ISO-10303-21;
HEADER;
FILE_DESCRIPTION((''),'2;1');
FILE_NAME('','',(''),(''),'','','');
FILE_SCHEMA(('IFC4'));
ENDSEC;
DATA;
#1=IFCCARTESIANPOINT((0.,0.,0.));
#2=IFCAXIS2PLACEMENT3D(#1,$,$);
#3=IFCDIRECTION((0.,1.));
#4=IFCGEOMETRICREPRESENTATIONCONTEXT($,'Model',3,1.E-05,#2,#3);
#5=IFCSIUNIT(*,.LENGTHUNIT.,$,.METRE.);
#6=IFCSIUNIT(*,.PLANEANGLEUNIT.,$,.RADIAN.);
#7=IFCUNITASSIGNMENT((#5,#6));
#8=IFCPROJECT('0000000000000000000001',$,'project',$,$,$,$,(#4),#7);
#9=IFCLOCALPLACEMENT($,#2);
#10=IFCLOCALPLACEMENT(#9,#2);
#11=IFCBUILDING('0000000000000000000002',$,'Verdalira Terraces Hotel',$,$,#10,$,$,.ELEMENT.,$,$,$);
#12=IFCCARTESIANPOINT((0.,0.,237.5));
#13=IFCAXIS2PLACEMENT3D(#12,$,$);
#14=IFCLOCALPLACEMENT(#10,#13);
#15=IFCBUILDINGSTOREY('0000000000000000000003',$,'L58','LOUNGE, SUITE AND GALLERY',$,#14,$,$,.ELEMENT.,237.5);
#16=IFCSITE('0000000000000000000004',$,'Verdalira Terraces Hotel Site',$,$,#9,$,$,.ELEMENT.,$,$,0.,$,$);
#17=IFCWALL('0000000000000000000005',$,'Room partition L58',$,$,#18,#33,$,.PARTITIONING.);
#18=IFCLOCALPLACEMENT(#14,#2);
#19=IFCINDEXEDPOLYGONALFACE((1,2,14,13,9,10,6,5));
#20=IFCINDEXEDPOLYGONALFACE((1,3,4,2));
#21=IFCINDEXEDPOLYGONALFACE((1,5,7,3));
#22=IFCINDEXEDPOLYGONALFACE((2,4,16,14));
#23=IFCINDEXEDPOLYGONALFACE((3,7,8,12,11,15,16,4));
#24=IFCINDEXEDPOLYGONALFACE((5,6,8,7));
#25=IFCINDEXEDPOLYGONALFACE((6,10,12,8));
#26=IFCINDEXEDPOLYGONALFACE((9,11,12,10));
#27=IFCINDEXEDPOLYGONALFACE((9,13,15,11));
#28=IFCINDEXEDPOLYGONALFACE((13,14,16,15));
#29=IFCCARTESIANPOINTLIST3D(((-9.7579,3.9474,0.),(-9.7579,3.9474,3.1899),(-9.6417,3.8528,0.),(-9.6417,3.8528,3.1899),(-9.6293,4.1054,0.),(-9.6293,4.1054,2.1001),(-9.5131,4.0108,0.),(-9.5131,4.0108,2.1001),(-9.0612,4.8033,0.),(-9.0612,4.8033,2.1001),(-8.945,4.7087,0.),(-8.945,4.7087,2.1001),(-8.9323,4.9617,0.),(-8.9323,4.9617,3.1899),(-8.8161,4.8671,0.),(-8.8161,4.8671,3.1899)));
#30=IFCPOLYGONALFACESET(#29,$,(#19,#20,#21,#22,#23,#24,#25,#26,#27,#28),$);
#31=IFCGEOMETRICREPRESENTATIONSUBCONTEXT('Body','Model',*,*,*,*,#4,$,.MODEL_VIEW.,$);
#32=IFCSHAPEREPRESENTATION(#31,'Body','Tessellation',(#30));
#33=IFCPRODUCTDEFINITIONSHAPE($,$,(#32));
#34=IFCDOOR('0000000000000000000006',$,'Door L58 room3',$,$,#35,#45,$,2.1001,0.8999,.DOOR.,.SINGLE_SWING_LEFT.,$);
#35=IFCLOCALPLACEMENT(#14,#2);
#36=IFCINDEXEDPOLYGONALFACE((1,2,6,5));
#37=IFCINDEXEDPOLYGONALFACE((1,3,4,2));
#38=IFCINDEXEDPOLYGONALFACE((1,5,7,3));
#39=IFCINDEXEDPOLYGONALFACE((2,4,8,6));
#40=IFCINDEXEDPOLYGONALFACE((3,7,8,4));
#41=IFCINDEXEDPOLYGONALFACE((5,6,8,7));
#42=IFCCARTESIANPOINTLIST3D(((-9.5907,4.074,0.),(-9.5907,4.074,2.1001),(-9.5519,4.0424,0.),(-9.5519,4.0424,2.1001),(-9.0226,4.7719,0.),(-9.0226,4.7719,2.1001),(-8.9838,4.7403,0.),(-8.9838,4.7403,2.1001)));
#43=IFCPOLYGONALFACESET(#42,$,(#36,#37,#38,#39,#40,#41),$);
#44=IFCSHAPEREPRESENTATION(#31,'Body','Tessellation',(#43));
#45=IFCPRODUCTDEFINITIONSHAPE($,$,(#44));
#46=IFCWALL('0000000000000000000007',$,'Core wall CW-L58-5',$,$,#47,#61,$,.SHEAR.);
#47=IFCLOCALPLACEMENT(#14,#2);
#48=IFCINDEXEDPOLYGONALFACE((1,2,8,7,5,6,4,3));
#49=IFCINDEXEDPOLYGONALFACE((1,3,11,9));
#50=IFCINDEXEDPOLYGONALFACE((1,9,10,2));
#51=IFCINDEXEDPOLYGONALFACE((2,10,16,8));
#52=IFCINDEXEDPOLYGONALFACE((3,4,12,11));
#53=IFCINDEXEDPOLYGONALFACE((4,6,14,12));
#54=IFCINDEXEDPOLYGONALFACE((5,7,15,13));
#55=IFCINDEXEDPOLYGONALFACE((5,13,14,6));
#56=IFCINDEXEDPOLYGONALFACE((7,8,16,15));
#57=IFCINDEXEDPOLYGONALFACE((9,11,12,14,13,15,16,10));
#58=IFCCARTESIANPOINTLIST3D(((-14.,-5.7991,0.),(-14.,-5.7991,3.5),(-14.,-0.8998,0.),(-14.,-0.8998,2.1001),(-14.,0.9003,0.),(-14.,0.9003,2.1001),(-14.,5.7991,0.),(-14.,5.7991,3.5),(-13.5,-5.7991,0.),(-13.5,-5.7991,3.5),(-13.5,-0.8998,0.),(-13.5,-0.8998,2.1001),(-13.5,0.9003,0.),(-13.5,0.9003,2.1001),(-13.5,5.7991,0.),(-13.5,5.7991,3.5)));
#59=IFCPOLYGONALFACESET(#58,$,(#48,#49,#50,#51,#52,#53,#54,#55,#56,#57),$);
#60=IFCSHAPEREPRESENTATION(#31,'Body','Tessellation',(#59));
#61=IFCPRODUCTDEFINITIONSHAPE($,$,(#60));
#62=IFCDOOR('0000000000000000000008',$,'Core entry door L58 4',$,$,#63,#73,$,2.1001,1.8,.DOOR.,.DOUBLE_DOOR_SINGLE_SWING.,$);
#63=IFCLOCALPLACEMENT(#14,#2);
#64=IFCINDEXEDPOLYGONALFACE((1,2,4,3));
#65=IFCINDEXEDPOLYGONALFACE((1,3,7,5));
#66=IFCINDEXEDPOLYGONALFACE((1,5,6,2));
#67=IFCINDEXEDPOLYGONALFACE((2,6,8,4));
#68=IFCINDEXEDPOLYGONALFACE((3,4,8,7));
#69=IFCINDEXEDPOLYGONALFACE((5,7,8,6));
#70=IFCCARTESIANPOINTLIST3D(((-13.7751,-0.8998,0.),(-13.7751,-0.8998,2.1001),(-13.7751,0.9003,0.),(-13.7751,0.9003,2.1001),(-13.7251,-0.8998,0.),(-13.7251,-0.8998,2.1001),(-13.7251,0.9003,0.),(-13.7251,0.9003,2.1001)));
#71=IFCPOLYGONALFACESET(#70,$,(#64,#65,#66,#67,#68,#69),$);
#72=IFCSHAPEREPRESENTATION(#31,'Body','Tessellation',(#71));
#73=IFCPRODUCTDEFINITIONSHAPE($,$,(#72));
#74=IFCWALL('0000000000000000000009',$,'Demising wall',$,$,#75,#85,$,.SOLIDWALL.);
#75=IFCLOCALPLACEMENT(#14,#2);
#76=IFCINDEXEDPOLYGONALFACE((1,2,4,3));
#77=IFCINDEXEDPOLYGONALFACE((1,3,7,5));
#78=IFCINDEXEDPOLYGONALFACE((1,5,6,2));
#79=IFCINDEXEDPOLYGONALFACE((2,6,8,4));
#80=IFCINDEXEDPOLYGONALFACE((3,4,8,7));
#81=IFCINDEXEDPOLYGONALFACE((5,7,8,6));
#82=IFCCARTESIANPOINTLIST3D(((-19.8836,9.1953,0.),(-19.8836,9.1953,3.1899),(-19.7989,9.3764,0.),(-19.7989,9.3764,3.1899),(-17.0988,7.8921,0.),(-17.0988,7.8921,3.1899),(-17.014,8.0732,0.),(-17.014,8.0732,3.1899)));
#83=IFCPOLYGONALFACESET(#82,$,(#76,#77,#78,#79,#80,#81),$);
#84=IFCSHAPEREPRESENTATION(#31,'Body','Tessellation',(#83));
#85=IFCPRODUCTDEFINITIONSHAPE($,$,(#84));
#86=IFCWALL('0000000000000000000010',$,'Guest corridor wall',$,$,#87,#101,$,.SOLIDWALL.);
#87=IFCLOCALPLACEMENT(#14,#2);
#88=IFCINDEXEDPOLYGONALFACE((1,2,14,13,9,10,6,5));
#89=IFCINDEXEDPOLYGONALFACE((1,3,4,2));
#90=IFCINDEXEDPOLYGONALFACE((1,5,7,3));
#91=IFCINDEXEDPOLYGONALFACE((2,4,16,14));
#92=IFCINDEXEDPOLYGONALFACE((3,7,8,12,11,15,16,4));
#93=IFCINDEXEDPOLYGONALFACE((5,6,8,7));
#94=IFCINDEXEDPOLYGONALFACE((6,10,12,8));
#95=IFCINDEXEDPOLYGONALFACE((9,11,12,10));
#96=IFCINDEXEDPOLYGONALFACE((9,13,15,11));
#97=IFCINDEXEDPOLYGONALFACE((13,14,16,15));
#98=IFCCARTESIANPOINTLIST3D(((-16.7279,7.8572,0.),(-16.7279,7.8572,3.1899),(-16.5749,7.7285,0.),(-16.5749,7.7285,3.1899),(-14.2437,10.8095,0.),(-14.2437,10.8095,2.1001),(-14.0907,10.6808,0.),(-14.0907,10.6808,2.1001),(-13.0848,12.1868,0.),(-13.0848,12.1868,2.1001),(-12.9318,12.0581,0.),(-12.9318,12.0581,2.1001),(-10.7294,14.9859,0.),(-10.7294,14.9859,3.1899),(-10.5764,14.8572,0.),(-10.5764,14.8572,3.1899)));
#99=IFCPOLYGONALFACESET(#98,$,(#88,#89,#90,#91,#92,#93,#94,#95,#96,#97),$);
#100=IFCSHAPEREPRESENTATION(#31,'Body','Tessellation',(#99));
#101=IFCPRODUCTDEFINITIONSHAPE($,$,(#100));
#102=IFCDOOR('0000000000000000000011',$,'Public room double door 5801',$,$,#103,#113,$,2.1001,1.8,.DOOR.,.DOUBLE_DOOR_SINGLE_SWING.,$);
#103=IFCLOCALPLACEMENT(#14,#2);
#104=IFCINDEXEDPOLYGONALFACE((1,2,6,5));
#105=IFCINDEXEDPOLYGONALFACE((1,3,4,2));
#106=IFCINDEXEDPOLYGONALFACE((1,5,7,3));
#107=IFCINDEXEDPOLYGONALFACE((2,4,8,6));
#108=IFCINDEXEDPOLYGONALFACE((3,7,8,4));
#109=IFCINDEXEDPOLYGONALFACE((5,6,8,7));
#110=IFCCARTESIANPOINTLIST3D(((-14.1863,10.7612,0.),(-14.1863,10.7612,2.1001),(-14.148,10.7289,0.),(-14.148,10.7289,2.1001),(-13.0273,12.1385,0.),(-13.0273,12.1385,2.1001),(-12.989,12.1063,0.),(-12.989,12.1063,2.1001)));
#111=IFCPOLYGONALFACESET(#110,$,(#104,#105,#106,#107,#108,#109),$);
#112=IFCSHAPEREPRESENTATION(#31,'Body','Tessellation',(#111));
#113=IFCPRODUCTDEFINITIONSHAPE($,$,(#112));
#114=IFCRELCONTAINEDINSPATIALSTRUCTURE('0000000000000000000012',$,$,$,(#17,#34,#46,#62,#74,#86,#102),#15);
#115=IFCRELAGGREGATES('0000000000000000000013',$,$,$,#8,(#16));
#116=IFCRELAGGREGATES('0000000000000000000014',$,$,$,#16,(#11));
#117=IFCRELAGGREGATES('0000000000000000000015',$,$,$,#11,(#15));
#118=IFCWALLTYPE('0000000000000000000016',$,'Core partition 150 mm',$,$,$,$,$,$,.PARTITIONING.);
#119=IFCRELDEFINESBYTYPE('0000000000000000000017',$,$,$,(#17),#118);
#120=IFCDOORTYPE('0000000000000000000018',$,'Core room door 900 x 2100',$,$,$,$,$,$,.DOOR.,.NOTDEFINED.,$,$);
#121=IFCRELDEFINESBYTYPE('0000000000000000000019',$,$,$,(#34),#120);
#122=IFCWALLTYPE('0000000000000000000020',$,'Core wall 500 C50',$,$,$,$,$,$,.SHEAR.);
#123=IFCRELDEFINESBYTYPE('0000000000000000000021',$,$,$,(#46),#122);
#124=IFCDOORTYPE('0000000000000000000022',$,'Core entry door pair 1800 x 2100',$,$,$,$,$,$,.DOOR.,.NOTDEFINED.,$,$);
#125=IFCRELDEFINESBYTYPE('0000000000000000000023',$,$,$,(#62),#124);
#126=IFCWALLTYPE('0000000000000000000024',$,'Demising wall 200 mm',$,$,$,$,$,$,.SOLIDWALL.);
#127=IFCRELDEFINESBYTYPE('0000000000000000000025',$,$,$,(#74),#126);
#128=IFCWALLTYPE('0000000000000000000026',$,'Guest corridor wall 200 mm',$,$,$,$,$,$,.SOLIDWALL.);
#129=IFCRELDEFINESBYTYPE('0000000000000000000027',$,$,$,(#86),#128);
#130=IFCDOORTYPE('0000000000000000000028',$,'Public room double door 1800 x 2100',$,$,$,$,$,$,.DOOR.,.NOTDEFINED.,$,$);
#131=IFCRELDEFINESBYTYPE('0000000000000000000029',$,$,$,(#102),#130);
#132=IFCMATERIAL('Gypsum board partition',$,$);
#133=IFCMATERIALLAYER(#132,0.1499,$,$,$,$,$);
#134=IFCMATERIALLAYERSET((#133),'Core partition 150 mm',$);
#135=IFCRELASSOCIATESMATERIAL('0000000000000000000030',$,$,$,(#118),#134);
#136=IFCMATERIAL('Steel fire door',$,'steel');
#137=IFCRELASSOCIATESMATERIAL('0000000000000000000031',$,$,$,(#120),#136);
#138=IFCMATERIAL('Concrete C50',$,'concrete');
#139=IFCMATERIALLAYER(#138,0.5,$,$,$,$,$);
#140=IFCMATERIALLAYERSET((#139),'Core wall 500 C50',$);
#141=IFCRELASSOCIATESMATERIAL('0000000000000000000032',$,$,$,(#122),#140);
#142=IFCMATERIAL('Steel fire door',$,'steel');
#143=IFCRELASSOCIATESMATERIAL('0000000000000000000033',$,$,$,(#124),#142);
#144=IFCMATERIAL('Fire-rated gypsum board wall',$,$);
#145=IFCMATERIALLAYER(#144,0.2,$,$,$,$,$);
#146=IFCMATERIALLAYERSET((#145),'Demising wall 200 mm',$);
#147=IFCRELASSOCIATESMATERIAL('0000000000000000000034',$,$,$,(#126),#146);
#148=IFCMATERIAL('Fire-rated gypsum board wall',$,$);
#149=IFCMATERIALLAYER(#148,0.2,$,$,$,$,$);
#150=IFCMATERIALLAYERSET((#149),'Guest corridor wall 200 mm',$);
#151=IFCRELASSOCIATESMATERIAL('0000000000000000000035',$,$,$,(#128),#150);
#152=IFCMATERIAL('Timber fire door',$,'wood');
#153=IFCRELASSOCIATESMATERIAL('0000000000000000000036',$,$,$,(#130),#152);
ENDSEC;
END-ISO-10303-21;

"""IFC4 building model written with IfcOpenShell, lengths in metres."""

from ifc_helpers import new_model, si_unit, direction, frame, frame_2d, origin, place, context, subcontext, project, spatial, rectangle, extrude, material, layer, layer_set, type_object, element, fill, save


model = new_model("IFC4")

# Units and contexts
model_context = context("Model", 3, precision=1e-05, world=origin(), true_north=direction((0.0, 1.0)))
body_context = subcontext(model_context, "Body", "Model", "MODEL_VIEW")
ifc_project = project(units=[si_unit("LENGTHUNIT", "METRE"), si_unit("PLANEANGLEUNIT", "RADIAN")], contexts=[model_context])

# Site, building, storey
site_placement = place(None, origin())
site = spatial("IfcSite", under=ifc_project, at=site_placement, Name="Verdalira Terraces Hotel Site", CompositionType="ELEMENT", RefElevation=0.0)
building_placement = place(site_placement, origin())
building = spatial("IfcBuilding", under=site, at=building_placement, Name="Verdalira Terraces Hotel", CompositionType="ELEMENT")
storey_placement = place(building_placement, frame((0.0, 0.0, 237.5)))
storey = spatial("IfcBuildingStorey", under=building, at=storey_placement, Name="L58", Description="LOUNGE, SUITE AND GALLERY", CompositionType="ELEMENT", Elevation=237.5)

# Walls, openings, doors
ifc_material_1 = material(Name="Gypsum board partition")
ifc_layer_1 = layer(ifc_material_1, 0.1499)
ifc_layer_set_1 = layer_set([ifc_layer_1], Name="Core partition 150 mm")
wall_type_1 = type_object("IfcWallType", Name="Core partition 150 mm", PredefinedType="PARTITIONING", material=ifc_layer_set_1)
wall_1_placement = place(storey_placement, frame((-8.8743, 4.9143, 0.0), z_axis=(0.0, 0.0, 1.0), x_axis=(-0.631274, -0.77556, 0.0)))
wall_1 = element("IfcWall", 1, at=wall_1_placement, inside=storey, type_object=wall_type_1, Name="Room partition L58", PredefinedType="PARTITIONING", context=body_context, shape_type="SweptSolid", body=[
    extrude(rectangle(XDim=1.3079, YDim=0.1499, at=frame_2d((0.6538, 0.0))), origin(), (0.0, 0.0, 1.0), 3.1899),
])
opening_1_placement = place(wall_1_placement, frame((0.2041, 0.0, 0.0)))
opening_1 = element("IfcOpeningElement", 2, at=opening_1_placement, cuts=wall_1, PredefinedType="OPENING", context=body_context, shape_type="SweptSolid", body=[
    extrude(rectangle(XDim=0.8999, YDim=2.1001, at=frame_2d((0.45, 1.05))), frame((0.0, 0.085, 0.0), z_axis=(0.0, -1.0, 0.0), x_axis=(1.0, 0.0, 0.0)), (0.0, 0.0, 1.0), 0.1699),
])
ifc_material_2 = material(Name="Steel fire door", Category="steel")
door_type_1 = type_object("IfcDoorType", Name="Core room door 900 x 2100", OperationType="NOTDEFINED", PredefinedType="DOOR", material=ifc_material_2)
door_1_placement = place(opening_1_placement, origin())
door_1 = element("IfcDoor", 3, at=door_1_placement, inside=storey, type_object=door_type_1, Name="Door L58 room3", OperationType="SINGLE_SWING_LEFT", OverallHeight=2.1001, OverallWidth=0.8999, PredefinedType="DOOR", context=body_context, shape_type="SweptSolid", body=[
    extrude(rectangle(XDim=0.8999, YDim=2.1001, at=frame_2d((0.45, 1.05))), frame((0.0, 0.0249, 0.0), z_axis=(0.0, -1.0, 0.0), x_axis=(1.0, 0.0, 0.0)), (0.0, 0.0, 1.0), 0.05),
])
fill(opening_1, door_1)
ifc_material_3 = material(Name="Concrete C50", Category="concrete")
ifc_layer_2 = layer(ifc_material_3, 0.5)
ifc_layer_set_2 = layer_set([ifc_layer_2], Name="Core wall 500 C50")
wall_type_2 = type_object("IfcWallType", Name="Core wall 500 C50", PredefinedType="SHEAR", material=ifc_layer_set_2)
wall_2_placement = place(storey_placement, frame((-13.75, 5.7991, 0.0), z_axis=(0.0, 0.0, 1.0), x_axis=(0.0, -1.0, 0.0)))
wall_2 = element("IfcWall", 4, at=wall_2_placement, inside=storey, type_object=wall_type_2, Name="Core wall CW-L58-5", PredefinedType="SHEAR", context=body_context, shape_type="SweptSolid", body=[
    extrude(rectangle(XDim=11.5981, YDim=0.5, at=frame_2d((5.7991, 0.0))), origin(), (0.0, 0.0, 1.0), 3.5),
])
opening_2_placement = place(wall_2_placement, frame((4.8989, 0.0, 0.0)))
opening_2 = element("IfcOpeningElement", 5, at=opening_2_placement, cuts=wall_2, PredefinedType="OPENING", context=body_context, shape_type="SweptSolid", body=[
    extrude(rectangle(XDim=1.8, YDim=2.1001, at=frame_2d((0.8999, 1.05))), frame((0.0, 0.26, 0.0), z_axis=(0.0, -1.0, 0.0), x_axis=(1.0, 0.0, 0.0)), (0.0, 0.0, 1.0), 0.52),
])
ifc_material_4 = material(Name="Steel fire door", Category="steel")
door_type_2 = type_object("IfcDoorType", Name="Core entry door pair 1800 x 2100", OperationType="NOTDEFINED", PredefinedType="DOOR", material=ifc_material_4)
door_2_placement = place(opening_2_placement, origin())
door_2 = element("IfcDoor", 6, at=door_2_placement, inside=storey, type_object=door_type_2, Name="Core entry door L58 4", OperationType="DOUBLE_DOOR_SINGLE_SWING", OverallHeight=2.1001, OverallWidth=1.8, PredefinedType="DOOR", context=body_context, shape_type="SweptSolid", body=[
    extrude(rectangle(XDim=1.8, YDim=2.1001, at=frame_2d((0.8999, 1.05))), frame((0.0, 0.0249, 0.0), z_axis=(0.0, -1.0, 0.0), x_axis=(1.0, 0.0, 0.0)), (0.0, 0.0, 1.0), 0.05),
])
fill(opening_2, door_2)

# Wall
ifc_material_5 = material(Name="Fire-rated gypsum board wall")
ifc_layer_3 = layer(ifc_material_5, 0.2)
ifc_layer_set_3 = layer_set([ifc_layer_3], Name="Demising wall 200 mm")
wall_type_3 = type_object("IfcWallType", Name="Demising wall 200 mm", PredefinedType="SOLIDWALL", material=ifc_layer_set_3)
wall_3_placement = place(storey_placement, frame((-17.0564, 7.9827, 0.0), z_axis=(0.0, 0.0, 1.0), x_axis=(-0.905734, 0.423846, 0.0)))
element("IfcWall", 7, at=wall_3_placement, inside=storey, type_object=wall_type_3, Name="Demising wall", PredefinedType="SOLIDWALL", context=body_context, shape_type="SweptSolid", body=[
    extrude(rectangle(XDim=3.0747, YDim=0.2, at=frame_2d((1.5374, 0.0))), origin(), (0.0, 0.0, 1.0), 3.1899),
])

# Wall, opening, door
ifc_material_6 = material(Name="Fire-rated gypsum board wall")
ifc_layer_4 = layer(ifc_material_6, 0.2)
ifc_layer_set_4 = layer_set([ifc_layer_4], Name="Guest corridor wall 200 mm")
wall_type_4 = type_object("IfcWallType", Name="Guest corridor wall 200 mm", PredefinedType="SOLIDWALL", material=ifc_layer_set_4)
wall_4_placement = place(storey_placement, frame((-16.6514, 7.793, 0.0), z_axis=(0.0, 0.0, 1.0), x_axis=(0.64385, 0.765152, 0.0)))
wall_4 = element("IfcWall", 8, at=wall_4_placement, inside=storey, type_object=wall_type_4, Name="Guest corridor wall", PredefinedType="SOLIDWALL", context=body_context, shape_type="SweptSolid", body=[
    extrude(rectangle(XDim=9.3166, YDim=0.2, at=frame_2d((4.6582, 0.0))), origin(), (0.0, 0.0, 1.0), 3.1899),
])
opening_3_placement = place(wall_4_placement, frame((3.8584, 0.0, 0.0)))
opening_3 = element("IfcOpeningElement", 9, at=opening_3_placement, cuts=wall_4, PredefinedType="OPENING", context=body_context, shape_type="SweptSolid", body=[
    extrude(rectangle(XDim=1.8, YDim=2.1001, at=frame_2d((0.8999, 1.05))), frame((0.0, 0.1099, 0.0), z_axis=(0.0, -1.0, 0.0), x_axis=(1.0, 0.0, 0.0)), (0.0, 0.0, 1.0), 0.22),
])
ifc_material_7 = material(Name="Timber fire door", Category="wood")
door_type_3 = type_object("IfcDoorType", Name="Public room double door 1800 x 2100", OperationType="NOTDEFINED", PredefinedType="DOOR", material=ifc_material_7)
door_3_placement = place(opening_3_placement, origin())
door_3 = element("IfcDoor", 10, at=door_3_placement, inside=storey, type_object=door_type_3, Name="Public room double door 5801", OperationType="DOUBLE_DOOR_SINGLE_SWING", OverallHeight=2.1001, OverallWidth=1.8, PredefinedType="DOOR", context=body_context, shape_type="SweptSolid", body=[
    extrude(rectangle(XDim=1.8, YDim=2.1001, at=frame_2d((0.8999, 1.05))), frame((0.0, 0.0249, 0.0), z_axis=(0.0, -1.0, 0.0), x_axis=(1.0, 0.0, 0.0)), (0.0, 0.0, 1.0), 0.05),
])
fill(opening_3, door_3)

save(model, "model.ifc")
